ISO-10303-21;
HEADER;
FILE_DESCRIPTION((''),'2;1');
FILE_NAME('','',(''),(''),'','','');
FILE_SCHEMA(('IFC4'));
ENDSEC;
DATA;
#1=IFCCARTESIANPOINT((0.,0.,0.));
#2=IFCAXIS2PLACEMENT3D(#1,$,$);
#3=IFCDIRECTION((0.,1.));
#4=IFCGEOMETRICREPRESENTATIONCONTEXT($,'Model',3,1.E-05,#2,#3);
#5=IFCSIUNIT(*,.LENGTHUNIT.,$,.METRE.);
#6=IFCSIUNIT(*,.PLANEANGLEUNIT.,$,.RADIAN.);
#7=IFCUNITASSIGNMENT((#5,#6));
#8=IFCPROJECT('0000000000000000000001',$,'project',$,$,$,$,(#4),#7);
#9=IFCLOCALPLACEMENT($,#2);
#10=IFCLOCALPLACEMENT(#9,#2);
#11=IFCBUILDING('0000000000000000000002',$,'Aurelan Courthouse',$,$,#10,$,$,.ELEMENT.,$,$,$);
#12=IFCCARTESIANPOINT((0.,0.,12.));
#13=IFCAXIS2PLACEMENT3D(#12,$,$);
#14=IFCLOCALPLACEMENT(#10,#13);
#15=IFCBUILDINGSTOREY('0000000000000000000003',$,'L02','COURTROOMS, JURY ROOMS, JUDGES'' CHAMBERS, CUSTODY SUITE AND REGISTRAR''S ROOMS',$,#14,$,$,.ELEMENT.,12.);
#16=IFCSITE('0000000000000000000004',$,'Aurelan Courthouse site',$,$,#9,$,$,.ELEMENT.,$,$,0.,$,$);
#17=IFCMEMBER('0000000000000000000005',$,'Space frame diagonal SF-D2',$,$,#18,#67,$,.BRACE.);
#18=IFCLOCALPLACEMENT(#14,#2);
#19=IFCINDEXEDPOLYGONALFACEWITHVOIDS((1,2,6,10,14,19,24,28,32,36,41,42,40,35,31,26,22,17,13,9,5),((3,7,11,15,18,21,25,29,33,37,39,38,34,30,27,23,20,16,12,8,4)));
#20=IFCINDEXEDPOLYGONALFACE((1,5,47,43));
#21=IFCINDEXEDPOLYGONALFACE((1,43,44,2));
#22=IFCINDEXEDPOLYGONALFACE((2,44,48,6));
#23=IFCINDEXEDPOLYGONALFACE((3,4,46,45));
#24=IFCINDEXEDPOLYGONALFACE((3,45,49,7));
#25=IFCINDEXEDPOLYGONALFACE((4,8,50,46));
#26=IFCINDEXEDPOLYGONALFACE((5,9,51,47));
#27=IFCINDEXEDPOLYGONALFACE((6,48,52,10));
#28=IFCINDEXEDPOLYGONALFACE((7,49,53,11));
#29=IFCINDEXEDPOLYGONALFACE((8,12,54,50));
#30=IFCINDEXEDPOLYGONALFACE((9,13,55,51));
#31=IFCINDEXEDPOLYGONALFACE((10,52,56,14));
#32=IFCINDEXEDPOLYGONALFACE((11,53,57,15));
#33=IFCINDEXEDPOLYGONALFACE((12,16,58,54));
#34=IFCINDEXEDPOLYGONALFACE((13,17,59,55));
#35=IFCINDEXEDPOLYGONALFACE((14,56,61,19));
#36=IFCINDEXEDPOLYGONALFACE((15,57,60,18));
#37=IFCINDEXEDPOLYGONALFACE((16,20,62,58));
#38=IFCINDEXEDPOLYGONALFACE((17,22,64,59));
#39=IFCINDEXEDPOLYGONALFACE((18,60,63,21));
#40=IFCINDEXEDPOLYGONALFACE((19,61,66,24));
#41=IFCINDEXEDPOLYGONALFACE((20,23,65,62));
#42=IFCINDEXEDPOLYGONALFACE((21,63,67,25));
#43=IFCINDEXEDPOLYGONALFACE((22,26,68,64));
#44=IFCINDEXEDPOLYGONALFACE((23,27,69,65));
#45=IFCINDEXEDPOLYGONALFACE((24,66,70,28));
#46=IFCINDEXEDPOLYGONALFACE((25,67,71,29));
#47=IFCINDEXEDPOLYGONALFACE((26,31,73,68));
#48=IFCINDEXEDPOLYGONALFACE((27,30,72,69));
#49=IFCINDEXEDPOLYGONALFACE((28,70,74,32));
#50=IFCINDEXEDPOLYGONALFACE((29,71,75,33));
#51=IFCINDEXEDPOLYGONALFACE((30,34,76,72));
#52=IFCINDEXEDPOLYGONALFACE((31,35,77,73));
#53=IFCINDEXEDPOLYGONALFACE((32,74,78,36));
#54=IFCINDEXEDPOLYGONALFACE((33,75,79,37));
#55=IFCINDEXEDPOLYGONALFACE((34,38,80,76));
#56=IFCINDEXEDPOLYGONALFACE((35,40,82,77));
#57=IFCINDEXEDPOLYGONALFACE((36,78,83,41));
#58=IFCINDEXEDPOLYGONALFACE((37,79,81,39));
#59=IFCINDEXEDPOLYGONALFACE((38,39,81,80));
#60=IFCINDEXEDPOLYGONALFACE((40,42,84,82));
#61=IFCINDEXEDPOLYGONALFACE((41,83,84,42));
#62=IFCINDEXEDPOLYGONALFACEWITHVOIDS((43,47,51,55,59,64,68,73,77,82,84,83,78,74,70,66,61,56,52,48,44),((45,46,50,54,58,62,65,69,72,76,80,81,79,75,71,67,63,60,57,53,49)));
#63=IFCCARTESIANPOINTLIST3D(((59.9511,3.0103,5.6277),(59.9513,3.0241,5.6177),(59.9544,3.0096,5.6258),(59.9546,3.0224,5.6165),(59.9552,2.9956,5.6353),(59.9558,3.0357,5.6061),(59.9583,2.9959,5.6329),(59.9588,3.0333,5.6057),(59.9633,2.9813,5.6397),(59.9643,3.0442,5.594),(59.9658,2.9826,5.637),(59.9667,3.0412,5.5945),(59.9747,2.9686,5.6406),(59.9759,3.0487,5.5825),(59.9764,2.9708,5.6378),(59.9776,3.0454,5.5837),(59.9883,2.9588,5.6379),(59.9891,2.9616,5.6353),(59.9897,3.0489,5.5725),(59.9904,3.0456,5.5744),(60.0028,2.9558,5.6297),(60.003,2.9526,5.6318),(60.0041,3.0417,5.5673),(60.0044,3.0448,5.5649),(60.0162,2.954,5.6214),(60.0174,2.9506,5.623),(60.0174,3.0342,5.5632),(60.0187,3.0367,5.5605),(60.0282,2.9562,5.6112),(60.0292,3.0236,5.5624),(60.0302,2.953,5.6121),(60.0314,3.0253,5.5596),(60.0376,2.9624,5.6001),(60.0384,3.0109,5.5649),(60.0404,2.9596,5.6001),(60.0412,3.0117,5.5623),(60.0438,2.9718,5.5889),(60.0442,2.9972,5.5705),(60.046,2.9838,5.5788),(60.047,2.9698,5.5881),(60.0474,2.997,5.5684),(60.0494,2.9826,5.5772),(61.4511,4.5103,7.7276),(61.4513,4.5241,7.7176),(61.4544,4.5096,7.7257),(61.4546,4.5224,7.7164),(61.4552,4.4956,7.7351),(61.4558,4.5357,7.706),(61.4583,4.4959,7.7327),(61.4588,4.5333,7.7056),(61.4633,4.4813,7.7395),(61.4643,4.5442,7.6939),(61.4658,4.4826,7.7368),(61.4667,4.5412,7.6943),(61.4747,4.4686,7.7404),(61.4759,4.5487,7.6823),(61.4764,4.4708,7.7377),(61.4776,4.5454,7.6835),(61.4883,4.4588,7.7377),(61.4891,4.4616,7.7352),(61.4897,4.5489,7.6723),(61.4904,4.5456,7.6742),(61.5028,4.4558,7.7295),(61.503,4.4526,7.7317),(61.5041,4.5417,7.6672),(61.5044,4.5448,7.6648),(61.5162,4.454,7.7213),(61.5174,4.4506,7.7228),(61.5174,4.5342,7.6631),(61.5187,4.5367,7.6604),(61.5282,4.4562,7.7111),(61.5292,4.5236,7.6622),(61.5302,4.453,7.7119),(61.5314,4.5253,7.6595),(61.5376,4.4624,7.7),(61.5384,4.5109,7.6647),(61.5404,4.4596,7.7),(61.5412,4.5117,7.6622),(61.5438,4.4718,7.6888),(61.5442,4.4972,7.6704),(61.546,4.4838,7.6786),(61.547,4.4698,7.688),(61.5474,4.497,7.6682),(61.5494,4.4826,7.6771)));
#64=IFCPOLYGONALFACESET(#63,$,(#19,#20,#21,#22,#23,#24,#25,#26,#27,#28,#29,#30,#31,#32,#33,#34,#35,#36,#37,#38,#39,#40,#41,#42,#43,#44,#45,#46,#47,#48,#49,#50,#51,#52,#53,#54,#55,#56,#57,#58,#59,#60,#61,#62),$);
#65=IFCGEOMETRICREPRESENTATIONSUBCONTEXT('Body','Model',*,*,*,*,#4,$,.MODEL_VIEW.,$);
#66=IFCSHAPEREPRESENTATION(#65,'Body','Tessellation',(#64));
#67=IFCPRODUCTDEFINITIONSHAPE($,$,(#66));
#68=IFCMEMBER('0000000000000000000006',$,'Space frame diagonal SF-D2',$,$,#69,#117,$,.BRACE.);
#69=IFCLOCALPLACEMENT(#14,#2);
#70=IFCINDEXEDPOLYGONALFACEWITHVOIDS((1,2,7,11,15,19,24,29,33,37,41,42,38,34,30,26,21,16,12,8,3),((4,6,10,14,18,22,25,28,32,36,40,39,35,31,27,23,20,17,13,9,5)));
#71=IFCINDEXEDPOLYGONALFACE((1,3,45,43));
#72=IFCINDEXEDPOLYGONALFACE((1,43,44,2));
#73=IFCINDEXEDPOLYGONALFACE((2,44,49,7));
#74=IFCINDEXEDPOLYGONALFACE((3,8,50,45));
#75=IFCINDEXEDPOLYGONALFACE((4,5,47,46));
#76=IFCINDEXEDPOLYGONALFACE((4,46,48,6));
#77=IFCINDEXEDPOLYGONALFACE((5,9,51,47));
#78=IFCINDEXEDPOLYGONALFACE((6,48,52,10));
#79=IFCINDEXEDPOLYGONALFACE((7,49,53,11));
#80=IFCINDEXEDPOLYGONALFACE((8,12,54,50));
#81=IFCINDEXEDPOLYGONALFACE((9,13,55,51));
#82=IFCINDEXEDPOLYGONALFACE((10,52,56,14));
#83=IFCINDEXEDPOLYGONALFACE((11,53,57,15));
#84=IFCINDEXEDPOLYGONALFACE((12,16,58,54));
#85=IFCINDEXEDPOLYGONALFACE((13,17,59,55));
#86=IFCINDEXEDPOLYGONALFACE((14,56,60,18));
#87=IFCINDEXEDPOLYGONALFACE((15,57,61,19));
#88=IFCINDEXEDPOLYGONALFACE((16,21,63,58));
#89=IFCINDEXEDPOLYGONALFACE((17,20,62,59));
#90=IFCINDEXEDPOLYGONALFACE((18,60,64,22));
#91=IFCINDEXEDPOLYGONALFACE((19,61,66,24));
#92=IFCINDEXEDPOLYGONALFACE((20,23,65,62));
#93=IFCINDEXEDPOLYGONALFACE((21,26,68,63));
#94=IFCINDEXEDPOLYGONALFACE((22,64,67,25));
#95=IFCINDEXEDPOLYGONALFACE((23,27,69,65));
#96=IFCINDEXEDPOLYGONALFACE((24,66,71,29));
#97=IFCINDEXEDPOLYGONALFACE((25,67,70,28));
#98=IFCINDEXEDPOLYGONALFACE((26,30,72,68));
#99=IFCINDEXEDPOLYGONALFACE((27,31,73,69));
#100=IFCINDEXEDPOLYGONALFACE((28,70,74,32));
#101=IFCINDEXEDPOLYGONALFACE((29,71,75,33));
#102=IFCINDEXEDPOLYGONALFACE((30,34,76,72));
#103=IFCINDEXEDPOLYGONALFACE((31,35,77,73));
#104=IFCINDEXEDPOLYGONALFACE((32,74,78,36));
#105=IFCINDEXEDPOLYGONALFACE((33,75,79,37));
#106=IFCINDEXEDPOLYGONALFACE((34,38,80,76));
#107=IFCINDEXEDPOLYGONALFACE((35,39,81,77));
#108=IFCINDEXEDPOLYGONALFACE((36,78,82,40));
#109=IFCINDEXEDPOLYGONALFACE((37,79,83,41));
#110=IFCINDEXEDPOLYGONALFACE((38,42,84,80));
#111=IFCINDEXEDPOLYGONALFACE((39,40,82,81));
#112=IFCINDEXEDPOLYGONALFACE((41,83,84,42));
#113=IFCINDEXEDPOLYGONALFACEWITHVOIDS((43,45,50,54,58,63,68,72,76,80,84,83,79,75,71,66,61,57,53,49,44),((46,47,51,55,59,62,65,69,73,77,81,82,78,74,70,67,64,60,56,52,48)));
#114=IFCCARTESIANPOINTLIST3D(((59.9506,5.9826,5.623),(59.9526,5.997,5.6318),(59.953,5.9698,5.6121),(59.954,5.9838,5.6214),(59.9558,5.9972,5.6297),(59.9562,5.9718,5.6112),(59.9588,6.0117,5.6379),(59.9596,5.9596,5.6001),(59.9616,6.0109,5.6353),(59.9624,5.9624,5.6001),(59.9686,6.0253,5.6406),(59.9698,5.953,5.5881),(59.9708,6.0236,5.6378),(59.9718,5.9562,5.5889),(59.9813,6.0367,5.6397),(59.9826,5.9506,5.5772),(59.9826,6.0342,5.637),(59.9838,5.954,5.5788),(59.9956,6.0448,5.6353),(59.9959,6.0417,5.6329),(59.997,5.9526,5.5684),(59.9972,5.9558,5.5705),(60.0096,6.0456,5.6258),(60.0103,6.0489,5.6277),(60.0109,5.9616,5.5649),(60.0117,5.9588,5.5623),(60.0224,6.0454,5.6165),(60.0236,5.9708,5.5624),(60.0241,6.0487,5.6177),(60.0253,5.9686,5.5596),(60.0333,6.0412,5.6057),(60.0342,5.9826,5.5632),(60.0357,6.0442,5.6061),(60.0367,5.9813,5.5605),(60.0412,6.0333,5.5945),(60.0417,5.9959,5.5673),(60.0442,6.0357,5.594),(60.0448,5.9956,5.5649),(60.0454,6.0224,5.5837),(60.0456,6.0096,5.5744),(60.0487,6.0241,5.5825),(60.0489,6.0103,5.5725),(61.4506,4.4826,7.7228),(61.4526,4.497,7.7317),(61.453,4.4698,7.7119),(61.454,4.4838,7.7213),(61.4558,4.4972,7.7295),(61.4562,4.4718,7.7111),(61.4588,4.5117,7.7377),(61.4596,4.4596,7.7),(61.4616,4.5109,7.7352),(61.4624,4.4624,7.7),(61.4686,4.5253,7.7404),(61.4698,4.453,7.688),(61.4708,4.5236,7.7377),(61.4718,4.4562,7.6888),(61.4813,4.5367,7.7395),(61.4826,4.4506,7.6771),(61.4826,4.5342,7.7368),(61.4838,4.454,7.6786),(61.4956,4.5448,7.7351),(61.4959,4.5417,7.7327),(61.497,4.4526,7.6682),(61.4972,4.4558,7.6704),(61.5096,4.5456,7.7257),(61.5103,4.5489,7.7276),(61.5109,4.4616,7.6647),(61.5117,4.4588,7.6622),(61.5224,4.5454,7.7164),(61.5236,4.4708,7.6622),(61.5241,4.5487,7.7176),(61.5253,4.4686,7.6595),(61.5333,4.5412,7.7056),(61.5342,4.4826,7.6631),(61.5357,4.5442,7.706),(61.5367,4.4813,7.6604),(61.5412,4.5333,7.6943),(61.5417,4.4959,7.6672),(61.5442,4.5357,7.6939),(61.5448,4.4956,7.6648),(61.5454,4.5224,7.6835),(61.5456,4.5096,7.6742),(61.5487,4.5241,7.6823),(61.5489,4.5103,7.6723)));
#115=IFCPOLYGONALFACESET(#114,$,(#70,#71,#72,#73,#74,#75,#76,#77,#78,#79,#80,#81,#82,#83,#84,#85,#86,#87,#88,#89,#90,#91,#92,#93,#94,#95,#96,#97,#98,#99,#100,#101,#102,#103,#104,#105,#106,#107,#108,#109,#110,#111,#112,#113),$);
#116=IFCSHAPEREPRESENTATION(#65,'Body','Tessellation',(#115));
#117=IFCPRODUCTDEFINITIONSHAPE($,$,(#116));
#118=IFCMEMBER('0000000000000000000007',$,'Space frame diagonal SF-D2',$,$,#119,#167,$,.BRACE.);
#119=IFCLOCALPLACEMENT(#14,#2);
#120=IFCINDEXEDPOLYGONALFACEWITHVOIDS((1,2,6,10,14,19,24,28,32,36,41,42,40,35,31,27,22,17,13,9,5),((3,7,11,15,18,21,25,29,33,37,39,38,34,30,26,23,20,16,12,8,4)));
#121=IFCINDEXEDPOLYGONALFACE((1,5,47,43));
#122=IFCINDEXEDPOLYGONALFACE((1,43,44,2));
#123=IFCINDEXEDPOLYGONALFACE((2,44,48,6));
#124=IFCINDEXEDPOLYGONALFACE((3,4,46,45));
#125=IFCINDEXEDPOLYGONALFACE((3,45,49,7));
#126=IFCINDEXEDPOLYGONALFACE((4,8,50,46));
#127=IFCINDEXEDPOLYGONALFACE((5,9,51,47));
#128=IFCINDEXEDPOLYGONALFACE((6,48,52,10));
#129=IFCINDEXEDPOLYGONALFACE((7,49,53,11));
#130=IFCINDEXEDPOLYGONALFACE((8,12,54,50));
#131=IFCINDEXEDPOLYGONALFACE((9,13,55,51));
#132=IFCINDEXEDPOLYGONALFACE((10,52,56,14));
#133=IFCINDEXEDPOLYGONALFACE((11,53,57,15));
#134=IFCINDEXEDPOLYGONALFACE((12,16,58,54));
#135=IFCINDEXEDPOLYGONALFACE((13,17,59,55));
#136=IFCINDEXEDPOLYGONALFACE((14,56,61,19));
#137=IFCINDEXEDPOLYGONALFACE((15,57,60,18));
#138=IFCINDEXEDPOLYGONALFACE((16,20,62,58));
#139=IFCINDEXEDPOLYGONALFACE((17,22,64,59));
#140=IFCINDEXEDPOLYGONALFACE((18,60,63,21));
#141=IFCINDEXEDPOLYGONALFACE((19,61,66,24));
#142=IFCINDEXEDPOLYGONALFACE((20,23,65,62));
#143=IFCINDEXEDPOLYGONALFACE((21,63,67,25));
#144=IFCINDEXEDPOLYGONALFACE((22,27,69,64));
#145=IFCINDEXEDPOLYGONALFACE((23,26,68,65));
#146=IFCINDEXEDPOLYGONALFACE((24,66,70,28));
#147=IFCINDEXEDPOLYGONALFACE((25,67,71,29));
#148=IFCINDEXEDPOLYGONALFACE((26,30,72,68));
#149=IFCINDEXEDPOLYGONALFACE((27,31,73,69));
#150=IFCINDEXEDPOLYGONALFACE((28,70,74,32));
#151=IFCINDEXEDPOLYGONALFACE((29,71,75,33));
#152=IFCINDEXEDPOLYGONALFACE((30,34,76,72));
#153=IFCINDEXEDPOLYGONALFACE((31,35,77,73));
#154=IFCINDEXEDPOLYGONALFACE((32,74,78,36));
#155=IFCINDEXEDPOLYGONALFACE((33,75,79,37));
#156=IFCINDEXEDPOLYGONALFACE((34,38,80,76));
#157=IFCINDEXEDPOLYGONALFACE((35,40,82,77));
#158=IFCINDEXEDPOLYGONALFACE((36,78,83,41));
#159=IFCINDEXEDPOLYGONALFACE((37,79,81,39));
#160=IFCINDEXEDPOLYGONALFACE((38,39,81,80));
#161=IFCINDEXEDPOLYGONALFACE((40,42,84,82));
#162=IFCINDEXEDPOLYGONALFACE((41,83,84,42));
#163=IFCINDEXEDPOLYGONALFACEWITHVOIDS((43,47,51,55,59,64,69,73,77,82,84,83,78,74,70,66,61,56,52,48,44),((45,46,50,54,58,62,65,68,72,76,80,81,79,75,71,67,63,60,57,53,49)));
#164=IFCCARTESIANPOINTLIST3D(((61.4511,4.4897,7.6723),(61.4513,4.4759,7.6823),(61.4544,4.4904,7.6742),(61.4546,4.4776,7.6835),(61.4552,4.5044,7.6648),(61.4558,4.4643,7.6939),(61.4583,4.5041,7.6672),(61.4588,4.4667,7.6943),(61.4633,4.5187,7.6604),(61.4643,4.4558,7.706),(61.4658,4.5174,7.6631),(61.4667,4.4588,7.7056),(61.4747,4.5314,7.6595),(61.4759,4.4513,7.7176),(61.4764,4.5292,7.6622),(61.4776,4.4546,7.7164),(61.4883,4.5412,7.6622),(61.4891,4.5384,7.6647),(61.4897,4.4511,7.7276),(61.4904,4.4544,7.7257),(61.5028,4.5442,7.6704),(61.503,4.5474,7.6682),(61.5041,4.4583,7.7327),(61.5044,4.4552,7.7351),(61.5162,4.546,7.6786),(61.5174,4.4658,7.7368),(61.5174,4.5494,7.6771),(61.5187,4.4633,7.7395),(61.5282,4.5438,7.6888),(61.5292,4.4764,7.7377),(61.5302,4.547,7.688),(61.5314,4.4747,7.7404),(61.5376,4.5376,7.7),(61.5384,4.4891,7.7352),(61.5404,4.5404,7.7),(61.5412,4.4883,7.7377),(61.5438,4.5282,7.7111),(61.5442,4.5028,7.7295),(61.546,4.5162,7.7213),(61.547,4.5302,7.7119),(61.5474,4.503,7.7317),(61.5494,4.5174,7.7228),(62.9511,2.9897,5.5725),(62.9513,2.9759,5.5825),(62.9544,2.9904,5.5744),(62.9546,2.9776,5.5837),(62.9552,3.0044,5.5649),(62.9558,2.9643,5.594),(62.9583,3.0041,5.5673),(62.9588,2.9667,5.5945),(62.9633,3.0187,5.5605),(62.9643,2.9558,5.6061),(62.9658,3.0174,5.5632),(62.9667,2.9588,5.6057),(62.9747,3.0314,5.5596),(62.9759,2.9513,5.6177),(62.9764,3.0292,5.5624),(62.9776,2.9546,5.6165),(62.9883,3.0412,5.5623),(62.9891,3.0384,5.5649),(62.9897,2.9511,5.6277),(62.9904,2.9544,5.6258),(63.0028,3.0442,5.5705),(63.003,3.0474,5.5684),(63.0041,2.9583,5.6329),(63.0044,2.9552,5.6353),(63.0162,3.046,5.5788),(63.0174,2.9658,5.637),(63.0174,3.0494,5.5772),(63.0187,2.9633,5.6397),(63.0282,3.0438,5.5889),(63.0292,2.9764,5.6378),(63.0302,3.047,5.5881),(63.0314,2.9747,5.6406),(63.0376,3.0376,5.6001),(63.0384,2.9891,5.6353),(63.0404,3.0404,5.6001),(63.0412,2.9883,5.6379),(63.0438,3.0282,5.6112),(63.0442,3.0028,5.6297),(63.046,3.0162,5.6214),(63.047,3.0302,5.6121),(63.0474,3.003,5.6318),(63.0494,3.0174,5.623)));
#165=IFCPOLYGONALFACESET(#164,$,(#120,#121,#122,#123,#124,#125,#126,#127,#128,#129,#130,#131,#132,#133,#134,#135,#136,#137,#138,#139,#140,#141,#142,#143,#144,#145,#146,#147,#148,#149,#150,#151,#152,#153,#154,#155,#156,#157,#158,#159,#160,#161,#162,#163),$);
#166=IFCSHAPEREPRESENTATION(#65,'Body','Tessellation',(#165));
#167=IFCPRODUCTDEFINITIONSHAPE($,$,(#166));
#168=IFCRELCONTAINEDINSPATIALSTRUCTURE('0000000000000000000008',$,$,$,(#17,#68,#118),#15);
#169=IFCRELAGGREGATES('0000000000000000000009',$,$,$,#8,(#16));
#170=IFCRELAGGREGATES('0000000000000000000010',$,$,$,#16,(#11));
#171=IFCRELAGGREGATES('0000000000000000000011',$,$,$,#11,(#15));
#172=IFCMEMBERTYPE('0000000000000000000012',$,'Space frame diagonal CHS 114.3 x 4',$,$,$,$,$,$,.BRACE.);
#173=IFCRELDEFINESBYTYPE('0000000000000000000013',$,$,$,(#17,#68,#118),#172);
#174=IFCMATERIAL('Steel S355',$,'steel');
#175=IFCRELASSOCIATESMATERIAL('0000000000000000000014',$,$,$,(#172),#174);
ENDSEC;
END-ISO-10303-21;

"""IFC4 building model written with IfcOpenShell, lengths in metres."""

from ifc_helpers import new_model, si_unit, direction, frame, origin, origin_2d, place, context, subcontext, project, spatial, hollow_circle, extrude, material, material_profile, profile_set, type_object, element, save


model = new_model("IFC4")

# Units and contexts
model_context = context("Model", 3, precision=1e-05, world=origin(), true_north=direction((0.0, 1.0)))
body_context = subcontext(model_context, "Body", "Model", "MODEL_VIEW")
ifc_project = project(units=[si_unit("LENGTHUNIT", "METRE"), si_unit("PLANEANGLEUNIT", "RADIAN")], contexts=[model_context])

# Site, building, storey
site_placement = place(None, origin())
site = spatial("IfcSite", under=ifc_project, at=site_placement, Name="Aurelan Courthouse site", CompositionType="ELEMENT", RefElevation=0.0)
building_placement = place(site_placement, origin())
building = spatial("IfcBuilding", under=site, at=building_placement, Name="Aurelan Courthouse", CompositionType="ELEMENT")
storey_placement = place(building_placement, frame((0.0, 0.0, 12.0)))
storey = spatial("IfcBuildingStorey", under=building, at=storey_placement, Name="L02", Description="COURTROOMS, JURY ROOMS, JUDGES' CHAMBERS, CUSTODY SUITE AND REGISTRAR'S ROOMS", CompositionType="ELEMENT", Elevation=12.0)

# Members
ifc_material_1 = material(Name="Steel S355", Category="steel")
ifc_material_profile_1 = material_profile(ifc_material_1, hollow_circle(Radius=0.0571, WallThickness=0.0039, at=origin_2d()), Name="CHS 114.3 x 4")
ifc_profile_set_1 = profile_set([ifc_material_profile_1], Name="Steel S355")
member_type_1 = type_object("IfcMemberType", Name="Space frame diagonal CHS 114.3 x 4", PredefinedType="BRACE", material=ifc_profile_set_1)
for number, where, z_axis, x_axis, name in (
    (1, (61.5, 4.5, 7.7), (-0.502536, -0.502536, -0.703502), (0.707107, -0.707107, 0.0), "Space frame diagonal SF-D2"),
    (2, (61.5, 4.5, 7.7), (-0.502536, 0.502536, -0.703502), (-0.707107, -0.707107, 0.0), "Space frame diagonal SF-D2"),
    (3, (61.5, 4.5, 7.7), (0.502536, -0.502536, -0.703502), (0.707107, 0.707107, 0.0), "Space frame diagonal SF-D2"),
):
    element("IfcMember", number, at=place(storey_placement, frame(where, z_axis=z_axis, x_axis=x_axis)), inside=storey, type_object=member_type_1, Name=name, PredefinedType="BRACE", context=body_context, shape_type="SweptSolid", body=[
        extrude(hollow_circle(Radius=0.0571, WallThickness=0.0039, at=origin_2d()), origin(), (0.0, 0.0, 1.0), 2.9849),
    ])

save(model, "model.ifc")
